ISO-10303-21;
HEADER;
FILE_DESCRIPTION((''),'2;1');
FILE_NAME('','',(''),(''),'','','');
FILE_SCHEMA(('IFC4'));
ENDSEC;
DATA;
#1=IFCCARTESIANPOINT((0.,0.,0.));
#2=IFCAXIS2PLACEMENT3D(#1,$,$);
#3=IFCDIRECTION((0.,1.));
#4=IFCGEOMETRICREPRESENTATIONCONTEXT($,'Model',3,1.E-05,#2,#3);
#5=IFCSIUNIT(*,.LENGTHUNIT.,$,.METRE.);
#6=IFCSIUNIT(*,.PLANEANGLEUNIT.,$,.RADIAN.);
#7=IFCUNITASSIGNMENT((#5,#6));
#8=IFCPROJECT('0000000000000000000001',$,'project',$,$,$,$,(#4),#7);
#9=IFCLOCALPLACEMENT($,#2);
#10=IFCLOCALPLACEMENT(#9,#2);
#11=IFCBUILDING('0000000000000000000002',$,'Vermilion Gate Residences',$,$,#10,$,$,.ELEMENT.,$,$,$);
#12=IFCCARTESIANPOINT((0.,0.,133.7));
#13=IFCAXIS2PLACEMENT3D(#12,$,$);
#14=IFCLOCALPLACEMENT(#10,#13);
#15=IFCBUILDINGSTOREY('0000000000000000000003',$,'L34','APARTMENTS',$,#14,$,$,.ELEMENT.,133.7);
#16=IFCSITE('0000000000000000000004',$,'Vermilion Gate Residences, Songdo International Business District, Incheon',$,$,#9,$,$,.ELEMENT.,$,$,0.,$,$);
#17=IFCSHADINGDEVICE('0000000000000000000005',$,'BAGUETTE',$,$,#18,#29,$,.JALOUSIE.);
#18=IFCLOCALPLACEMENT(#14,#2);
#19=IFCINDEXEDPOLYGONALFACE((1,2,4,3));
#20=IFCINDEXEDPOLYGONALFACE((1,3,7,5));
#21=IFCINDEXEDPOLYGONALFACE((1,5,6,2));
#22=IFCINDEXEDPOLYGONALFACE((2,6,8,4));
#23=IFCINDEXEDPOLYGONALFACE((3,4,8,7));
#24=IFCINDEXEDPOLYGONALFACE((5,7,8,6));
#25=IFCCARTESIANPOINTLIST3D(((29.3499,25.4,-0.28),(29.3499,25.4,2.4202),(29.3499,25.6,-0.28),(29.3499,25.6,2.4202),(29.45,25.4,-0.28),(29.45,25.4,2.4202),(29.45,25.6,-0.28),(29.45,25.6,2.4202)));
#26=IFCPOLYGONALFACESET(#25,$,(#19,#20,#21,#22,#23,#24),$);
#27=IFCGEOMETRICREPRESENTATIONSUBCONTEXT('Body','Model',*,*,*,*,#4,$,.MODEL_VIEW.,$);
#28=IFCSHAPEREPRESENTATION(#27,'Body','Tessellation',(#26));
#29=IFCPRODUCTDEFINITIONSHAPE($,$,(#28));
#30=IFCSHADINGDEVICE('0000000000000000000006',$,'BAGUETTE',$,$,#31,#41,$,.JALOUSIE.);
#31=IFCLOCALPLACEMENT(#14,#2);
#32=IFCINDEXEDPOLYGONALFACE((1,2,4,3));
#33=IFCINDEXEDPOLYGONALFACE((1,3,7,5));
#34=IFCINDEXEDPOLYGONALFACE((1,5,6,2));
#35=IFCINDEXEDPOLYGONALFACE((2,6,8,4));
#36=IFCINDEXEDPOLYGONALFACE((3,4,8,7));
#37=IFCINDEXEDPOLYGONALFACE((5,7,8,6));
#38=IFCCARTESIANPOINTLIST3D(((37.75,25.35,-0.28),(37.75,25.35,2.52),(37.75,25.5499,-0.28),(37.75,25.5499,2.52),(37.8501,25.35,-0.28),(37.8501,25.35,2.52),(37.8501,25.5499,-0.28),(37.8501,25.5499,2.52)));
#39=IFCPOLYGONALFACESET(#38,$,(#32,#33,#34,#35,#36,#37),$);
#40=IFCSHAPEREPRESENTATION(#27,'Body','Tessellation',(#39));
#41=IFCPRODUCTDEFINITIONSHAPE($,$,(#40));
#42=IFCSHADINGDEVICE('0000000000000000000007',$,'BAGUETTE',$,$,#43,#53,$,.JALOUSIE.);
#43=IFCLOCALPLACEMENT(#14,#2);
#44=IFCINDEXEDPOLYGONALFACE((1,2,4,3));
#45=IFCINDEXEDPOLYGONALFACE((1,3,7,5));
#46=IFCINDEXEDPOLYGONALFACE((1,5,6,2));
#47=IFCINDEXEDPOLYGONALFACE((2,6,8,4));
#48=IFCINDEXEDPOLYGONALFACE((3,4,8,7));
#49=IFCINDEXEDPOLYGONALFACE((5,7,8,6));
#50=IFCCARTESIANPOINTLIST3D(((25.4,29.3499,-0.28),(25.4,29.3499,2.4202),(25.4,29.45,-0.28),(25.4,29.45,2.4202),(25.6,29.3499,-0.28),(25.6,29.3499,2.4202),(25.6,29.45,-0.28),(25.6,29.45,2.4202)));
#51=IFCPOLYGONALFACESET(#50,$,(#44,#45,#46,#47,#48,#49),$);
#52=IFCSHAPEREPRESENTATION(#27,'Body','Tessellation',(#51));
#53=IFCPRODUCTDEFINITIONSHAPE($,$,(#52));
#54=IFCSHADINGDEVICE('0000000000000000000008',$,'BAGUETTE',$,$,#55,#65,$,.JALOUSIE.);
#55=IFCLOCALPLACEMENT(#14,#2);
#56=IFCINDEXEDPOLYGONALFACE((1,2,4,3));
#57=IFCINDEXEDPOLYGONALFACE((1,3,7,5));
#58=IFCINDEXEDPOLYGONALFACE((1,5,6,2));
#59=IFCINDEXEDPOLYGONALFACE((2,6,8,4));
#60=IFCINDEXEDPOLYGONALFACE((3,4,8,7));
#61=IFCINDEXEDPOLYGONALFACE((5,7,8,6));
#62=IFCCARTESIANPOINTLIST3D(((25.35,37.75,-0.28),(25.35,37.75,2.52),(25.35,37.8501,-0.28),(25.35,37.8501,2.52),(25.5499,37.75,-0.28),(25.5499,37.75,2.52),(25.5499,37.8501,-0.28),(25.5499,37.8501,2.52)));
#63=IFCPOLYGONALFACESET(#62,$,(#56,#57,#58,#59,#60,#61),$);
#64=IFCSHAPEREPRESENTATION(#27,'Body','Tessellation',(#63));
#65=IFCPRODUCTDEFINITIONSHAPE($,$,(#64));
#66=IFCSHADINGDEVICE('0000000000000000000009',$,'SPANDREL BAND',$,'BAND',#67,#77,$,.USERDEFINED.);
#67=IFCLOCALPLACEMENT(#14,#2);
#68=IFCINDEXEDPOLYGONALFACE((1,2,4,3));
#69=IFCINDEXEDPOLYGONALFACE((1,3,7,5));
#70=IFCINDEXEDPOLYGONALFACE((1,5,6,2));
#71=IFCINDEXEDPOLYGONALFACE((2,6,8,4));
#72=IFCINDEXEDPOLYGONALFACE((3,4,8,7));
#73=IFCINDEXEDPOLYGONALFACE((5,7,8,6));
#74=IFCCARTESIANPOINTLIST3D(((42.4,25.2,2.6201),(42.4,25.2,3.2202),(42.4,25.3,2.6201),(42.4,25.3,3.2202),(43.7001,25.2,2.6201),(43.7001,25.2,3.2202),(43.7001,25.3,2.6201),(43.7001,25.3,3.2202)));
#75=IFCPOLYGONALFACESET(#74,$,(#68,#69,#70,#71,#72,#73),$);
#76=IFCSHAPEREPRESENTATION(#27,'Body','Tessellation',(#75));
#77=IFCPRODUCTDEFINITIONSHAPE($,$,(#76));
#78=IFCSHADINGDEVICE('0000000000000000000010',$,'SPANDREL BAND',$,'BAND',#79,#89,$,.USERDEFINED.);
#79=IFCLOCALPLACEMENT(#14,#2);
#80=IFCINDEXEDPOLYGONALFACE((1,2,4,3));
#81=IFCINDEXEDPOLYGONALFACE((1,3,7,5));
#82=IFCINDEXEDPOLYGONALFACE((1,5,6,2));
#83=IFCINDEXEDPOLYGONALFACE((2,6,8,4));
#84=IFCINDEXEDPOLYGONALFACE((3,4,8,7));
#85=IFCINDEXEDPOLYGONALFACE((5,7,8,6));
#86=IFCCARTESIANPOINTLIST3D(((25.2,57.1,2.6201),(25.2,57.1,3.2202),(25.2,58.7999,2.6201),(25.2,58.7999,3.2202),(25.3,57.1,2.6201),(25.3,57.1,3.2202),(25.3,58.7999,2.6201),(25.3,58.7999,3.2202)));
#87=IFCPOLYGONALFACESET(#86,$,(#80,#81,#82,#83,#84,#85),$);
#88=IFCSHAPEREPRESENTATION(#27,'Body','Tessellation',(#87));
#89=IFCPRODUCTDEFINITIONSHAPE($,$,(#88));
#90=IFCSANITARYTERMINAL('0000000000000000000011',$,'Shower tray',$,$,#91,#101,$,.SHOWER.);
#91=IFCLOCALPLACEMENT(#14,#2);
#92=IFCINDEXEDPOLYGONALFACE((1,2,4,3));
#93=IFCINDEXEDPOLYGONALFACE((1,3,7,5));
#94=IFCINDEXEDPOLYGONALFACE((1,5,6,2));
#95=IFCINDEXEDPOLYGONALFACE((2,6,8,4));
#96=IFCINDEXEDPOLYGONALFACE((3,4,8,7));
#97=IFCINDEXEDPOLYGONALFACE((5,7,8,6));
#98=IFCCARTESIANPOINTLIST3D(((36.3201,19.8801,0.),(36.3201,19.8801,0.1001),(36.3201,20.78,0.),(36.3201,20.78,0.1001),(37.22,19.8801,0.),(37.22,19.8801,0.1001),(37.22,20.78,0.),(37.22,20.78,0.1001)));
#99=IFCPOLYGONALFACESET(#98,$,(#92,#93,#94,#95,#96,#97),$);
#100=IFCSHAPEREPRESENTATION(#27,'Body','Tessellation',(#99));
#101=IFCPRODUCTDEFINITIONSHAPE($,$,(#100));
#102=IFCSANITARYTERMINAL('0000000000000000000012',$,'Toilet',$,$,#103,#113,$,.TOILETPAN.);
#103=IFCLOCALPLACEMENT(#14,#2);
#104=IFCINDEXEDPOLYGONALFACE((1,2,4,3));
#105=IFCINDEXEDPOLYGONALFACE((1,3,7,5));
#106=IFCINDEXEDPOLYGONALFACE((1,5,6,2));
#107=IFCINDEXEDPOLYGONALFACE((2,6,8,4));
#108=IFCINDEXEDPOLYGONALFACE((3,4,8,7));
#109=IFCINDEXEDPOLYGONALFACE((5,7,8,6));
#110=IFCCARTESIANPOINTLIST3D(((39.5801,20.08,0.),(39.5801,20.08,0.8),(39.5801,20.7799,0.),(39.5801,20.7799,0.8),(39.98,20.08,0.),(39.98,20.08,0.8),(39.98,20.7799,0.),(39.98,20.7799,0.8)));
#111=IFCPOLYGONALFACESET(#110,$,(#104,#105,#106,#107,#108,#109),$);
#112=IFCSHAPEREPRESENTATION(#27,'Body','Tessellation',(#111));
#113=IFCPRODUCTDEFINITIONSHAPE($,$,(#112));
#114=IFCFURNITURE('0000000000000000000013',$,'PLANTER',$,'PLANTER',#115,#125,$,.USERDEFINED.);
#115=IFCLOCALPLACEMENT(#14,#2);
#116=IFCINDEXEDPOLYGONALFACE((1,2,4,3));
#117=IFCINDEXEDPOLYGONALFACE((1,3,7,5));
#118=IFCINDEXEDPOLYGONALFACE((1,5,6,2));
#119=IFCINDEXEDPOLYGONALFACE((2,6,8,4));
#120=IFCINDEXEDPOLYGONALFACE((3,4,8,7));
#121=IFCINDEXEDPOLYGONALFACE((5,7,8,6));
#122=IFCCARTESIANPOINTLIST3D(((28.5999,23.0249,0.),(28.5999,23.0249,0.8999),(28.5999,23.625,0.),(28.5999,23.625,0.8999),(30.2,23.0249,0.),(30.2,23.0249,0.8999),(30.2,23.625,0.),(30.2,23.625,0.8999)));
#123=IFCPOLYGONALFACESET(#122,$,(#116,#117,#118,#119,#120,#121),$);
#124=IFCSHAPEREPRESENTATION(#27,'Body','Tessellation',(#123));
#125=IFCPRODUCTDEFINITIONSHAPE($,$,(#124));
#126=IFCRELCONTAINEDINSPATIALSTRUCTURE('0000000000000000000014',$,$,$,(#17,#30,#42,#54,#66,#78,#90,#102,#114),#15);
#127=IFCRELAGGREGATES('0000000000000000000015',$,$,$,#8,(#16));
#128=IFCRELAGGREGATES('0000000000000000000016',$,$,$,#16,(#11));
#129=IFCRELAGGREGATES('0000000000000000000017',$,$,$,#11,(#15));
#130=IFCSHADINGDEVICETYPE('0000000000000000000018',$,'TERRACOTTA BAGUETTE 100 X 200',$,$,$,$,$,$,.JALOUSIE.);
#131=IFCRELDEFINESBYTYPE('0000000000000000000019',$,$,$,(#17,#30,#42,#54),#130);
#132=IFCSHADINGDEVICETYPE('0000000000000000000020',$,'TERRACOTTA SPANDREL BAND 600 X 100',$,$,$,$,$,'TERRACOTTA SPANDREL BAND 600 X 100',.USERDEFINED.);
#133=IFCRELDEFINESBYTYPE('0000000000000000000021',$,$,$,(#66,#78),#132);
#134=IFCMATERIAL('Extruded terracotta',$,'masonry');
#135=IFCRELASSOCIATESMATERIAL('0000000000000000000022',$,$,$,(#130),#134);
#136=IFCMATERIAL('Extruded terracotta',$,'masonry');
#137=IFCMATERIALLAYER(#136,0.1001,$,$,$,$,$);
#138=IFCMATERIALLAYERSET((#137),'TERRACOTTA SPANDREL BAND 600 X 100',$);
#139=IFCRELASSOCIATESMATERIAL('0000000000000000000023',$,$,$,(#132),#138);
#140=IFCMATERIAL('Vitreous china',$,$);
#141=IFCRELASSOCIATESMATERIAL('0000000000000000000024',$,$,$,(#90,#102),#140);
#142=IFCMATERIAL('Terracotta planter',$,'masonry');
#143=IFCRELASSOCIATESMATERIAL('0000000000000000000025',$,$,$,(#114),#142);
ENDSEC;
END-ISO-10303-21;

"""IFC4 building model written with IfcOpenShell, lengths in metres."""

from ifc_helpers import new_model, si_unit, direction, frame, origin, origin_2d, place, context, subcontext, project, spatial, rectangle, extrude, material, layer, layer_set, material_profile, profile_set, type_object, element, save


model = new_model("IFC4")

# Units and contexts
model_context = context("Model", 3, precision=1e-05, world=origin(), true_north=direction((0.0, 1.0)))
body_context = subcontext(model_context, "Body", "Model", "MODEL_VIEW")
ifc_project = project(units=[si_unit("LENGTHUNIT", "METRE"), si_unit("PLANEANGLEUNIT", "RADIAN")], contexts=[model_context])

# Site, building, storey
site_placement = place(None, origin())
site = spatial("IfcSite", under=ifc_project, at=site_placement, Name="Vermilion Gate Residences, Songdo International Business District, Incheon", CompositionType="ELEMENT", RefElevation=0.0)
building_placement = place(site_placement, origin())
building = spatial("IfcBuilding", under=site, at=building_placement, Name="Vermilion Gate Residences", CompositionType="ELEMENT")
storey_placement = place(building_placement, frame((0.0, 0.0, 133.7)))
storey = spatial("IfcBuildingStorey", under=building, at=storey_placement, Name="L34", Description="APARTMENTS", CompositionType="ELEMENT", Elevation=133.7)

# Shading devices
ifc_material_1 = material(Name="Extruded terracotta", Category="masonry")
ifc_material_profile_1 = material_profile(ifc_material_1, rectangle(XDim=0.2, YDim=0.1001, at=origin_2d()), Name="BAGUETTE 100 X 200")
ifc_profile_set_1 = profile_set([ifc_material_profile_1], Name="Extruded terracotta")
shading_device_type_1 = type_object("IfcShadingDeviceType", Name="TERRACOTTA BAGUETTE 100 X 200", PredefinedType="JALOUSIE", material=ifc_profile_set_1)
shading_device_1_placement = place(storey_placement, frame((29.3999, 25.5, -0.28), z_axis=(0.0, 0.0, 1.0), x_axis=(0.0, -1.0, 0.0)))
element("IfcShadingDevice", 1, at=shading_device_1_placement, inside=storey, type_object=shading_device_type_1, Name="BAGUETTE", PredefinedType="JALOUSIE", context=body_context, shape_type="SweptSolid", body=[
    extrude(rectangle(XDim=0.2, YDim=0.1001, at=origin_2d()), origin(), (0.0, 0.0, 1.0), 2.7002),
])
shading_device_2_placement = place(storey_placement, frame((37.8, 25.45, -0.28), z_axis=(0.0, 0.0, 1.0), x_axis=(0.0, -1.0, 0.0)))
element("IfcShadingDevice", 2, at=shading_device_2_placement, inside=storey, type_object=shading_device_type_1, Name="BAGUETTE", PredefinedType="JALOUSIE", context=body_context, shape_type="SweptSolid", body=[
    extrude(rectangle(XDim=0.2, YDim=0.1001, at=origin_2d()), origin(), (0.0, 0.0, 1.0), 2.8),
])
shading_device_3_placement = place(storey_placement, frame((25.5, 29.3999, -0.28), z_axis=(0.0, 0.0, 1.0), x_axis=(-1.0, 0.0, 0.0)))
element("IfcShadingDevice", 3, at=shading_device_3_placement, inside=storey, type_object=shading_device_type_1, Name="BAGUETTE", PredefinedType="JALOUSIE", context=body_context, shape_type="SweptSolid", body=[
    extrude(rectangle(XDim=0.2, YDim=0.1001, at=origin_2d()), origin(), (0.0, 0.0, 1.0), 2.7002),
])
shading_device_4_placement = place(storey_placement, frame((25.45, 37.8, -0.28), z_axis=(0.0, 0.0, 1.0), x_axis=(-1.0, 0.0, 0.0)))
element("IfcShadingDevice", 4, at=shading_device_4_placement, inside=storey, type_object=shading_device_type_1, Name="BAGUETTE", PredefinedType="JALOUSIE", context=body_context, shape_type="SweptSolid", body=[
    extrude(rectangle(XDim=0.2, YDim=0.1001, at=origin_2d()), origin(), (0.0, 0.0, 1.0), 2.8),
])
ifc_material_2 = material(Name="Extruded terracotta", Category="masonry")
ifc_layer_1 = layer(ifc_material_2, 0.1001)
ifc_layer_set_1 = layer_set([ifc_layer_1], Name="TERRACOTTA SPANDREL BAND 600 X 100")
shading_device_type_2 = type_object("IfcShadingDeviceType", Name="TERRACOTTA SPANDREL BAND 600 X 100", ElementType="TERRACOTTA SPANDREL BAND 600 X 100", PredefinedType="USERDEFINED", material=ifc_layer_set_1)
shading_device_5_placement = place(storey_placement, frame((43.05, 25.25, 2.6201), z_axis=(0.0, 0.0, 1.0), x_axis=(1.0, 0.0, 0.0)))
element("IfcShadingDevice", 5, at=shading_device_5_placement, inside=storey, type_object=shading_device_type_2, Name="SPANDREL BAND", ObjectType="BAND", PredefinedType="USERDEFINED", context=body_context, shape_type="SweptSolid", body=[
    extrude(rectangle(XDim=1.3, YDim=0.1001, at=origin_2d()), origin(), (0.0, 0.0, 1.0), 0.6001),
])
shading_device_6_placement = place(storey_placement, frame((25.25, 57.95, 2.6201), z_axis=(0.0, 0.0, 1.0), x_axis=(0.0, 1.0, 0.0)))
element("IfcShadingDevice", 6, at=shading_device_6_placement, inside=storey, type_object=shading_device_type_2, Name="SPANDREL BAND", ObjectType="BAND", PredefinedType="USERDEFINED", context=body_context, shape_type="SweptSolid", body=[
    extrude(rectangle(XDim=1.7, YDim=0.1001, at=origin_2d()), origin(), (0.0, 0.0, 1.0), 0.6001),
])

# Sanitary terminals
ifc_material_3 = material(Name="Vitreous china")
sanitary_terminal_1_placement = place(storey_placement, frame((36.77, 20.3301, 0.0), z_axis=(0.0, 0.0, 1.0), x_axis=(1.0, 0.0, 0.0)))
element("IfcSanitaryTerminal", 7, at=sanitary_terminal_1_placement, inside=storey, material=ifc_material_3, Name="Shower tray", PredefinedType="SHOWER", context=body_context, shape_type="SweptSolid", body=[
    extrude(rectangle(XDim=0.8999, YDim=0.8999, at=origin_2d()), origin(), (0.0, 0.0, 1.0), 0.1001),
])
sanitary_terminal_2_placement = place(storey_placement, frame((39.78, 20.4299, 0.0), z_axis=(0.0, 0.0, 1.0), x_axis=(1.0, 0.0, 0.0)))
element("IfcSanitaryTerminal", 8, at=sanitary_terminal_2_placement, inside=storey, material=ifc_material_3, Name="Toilet", PredefinedType="TOILETPAN", context=body_context, shape_type="SweptSolid", body=[
    extrude(rectangle(XDim=0.3999, YDim=0.7, at=origin_2d()), origin(), (0.0, 0.0, 1.0), 0.8),
])

# Furniture
ifc_material_4 = material(Name="Terracotta planter", Category="masonry")
furniture_placement = place(storey_placement, frame((29.3999, 23.325, 0.0), z_axis=(0.0, 0.0, 1.0), x_axis=(-1.0, 0.0, 0.0)))
element("IfcFurniture", 9, at=furniture_placement, inside=storey, material=ifc_material_4, Name="PLANTER", ObjectType="PLANTER", PredefinedType="USERDEFINED", context=body_context, shape_type="SweptSolid", body=[
    extrude(rectangle(XDim=1.6001, YDim=0.6001, at=origin_2d()), origin(), (0.0, 0.0, 1.0), 0.8999),
])

save(model, "model.ifc")
